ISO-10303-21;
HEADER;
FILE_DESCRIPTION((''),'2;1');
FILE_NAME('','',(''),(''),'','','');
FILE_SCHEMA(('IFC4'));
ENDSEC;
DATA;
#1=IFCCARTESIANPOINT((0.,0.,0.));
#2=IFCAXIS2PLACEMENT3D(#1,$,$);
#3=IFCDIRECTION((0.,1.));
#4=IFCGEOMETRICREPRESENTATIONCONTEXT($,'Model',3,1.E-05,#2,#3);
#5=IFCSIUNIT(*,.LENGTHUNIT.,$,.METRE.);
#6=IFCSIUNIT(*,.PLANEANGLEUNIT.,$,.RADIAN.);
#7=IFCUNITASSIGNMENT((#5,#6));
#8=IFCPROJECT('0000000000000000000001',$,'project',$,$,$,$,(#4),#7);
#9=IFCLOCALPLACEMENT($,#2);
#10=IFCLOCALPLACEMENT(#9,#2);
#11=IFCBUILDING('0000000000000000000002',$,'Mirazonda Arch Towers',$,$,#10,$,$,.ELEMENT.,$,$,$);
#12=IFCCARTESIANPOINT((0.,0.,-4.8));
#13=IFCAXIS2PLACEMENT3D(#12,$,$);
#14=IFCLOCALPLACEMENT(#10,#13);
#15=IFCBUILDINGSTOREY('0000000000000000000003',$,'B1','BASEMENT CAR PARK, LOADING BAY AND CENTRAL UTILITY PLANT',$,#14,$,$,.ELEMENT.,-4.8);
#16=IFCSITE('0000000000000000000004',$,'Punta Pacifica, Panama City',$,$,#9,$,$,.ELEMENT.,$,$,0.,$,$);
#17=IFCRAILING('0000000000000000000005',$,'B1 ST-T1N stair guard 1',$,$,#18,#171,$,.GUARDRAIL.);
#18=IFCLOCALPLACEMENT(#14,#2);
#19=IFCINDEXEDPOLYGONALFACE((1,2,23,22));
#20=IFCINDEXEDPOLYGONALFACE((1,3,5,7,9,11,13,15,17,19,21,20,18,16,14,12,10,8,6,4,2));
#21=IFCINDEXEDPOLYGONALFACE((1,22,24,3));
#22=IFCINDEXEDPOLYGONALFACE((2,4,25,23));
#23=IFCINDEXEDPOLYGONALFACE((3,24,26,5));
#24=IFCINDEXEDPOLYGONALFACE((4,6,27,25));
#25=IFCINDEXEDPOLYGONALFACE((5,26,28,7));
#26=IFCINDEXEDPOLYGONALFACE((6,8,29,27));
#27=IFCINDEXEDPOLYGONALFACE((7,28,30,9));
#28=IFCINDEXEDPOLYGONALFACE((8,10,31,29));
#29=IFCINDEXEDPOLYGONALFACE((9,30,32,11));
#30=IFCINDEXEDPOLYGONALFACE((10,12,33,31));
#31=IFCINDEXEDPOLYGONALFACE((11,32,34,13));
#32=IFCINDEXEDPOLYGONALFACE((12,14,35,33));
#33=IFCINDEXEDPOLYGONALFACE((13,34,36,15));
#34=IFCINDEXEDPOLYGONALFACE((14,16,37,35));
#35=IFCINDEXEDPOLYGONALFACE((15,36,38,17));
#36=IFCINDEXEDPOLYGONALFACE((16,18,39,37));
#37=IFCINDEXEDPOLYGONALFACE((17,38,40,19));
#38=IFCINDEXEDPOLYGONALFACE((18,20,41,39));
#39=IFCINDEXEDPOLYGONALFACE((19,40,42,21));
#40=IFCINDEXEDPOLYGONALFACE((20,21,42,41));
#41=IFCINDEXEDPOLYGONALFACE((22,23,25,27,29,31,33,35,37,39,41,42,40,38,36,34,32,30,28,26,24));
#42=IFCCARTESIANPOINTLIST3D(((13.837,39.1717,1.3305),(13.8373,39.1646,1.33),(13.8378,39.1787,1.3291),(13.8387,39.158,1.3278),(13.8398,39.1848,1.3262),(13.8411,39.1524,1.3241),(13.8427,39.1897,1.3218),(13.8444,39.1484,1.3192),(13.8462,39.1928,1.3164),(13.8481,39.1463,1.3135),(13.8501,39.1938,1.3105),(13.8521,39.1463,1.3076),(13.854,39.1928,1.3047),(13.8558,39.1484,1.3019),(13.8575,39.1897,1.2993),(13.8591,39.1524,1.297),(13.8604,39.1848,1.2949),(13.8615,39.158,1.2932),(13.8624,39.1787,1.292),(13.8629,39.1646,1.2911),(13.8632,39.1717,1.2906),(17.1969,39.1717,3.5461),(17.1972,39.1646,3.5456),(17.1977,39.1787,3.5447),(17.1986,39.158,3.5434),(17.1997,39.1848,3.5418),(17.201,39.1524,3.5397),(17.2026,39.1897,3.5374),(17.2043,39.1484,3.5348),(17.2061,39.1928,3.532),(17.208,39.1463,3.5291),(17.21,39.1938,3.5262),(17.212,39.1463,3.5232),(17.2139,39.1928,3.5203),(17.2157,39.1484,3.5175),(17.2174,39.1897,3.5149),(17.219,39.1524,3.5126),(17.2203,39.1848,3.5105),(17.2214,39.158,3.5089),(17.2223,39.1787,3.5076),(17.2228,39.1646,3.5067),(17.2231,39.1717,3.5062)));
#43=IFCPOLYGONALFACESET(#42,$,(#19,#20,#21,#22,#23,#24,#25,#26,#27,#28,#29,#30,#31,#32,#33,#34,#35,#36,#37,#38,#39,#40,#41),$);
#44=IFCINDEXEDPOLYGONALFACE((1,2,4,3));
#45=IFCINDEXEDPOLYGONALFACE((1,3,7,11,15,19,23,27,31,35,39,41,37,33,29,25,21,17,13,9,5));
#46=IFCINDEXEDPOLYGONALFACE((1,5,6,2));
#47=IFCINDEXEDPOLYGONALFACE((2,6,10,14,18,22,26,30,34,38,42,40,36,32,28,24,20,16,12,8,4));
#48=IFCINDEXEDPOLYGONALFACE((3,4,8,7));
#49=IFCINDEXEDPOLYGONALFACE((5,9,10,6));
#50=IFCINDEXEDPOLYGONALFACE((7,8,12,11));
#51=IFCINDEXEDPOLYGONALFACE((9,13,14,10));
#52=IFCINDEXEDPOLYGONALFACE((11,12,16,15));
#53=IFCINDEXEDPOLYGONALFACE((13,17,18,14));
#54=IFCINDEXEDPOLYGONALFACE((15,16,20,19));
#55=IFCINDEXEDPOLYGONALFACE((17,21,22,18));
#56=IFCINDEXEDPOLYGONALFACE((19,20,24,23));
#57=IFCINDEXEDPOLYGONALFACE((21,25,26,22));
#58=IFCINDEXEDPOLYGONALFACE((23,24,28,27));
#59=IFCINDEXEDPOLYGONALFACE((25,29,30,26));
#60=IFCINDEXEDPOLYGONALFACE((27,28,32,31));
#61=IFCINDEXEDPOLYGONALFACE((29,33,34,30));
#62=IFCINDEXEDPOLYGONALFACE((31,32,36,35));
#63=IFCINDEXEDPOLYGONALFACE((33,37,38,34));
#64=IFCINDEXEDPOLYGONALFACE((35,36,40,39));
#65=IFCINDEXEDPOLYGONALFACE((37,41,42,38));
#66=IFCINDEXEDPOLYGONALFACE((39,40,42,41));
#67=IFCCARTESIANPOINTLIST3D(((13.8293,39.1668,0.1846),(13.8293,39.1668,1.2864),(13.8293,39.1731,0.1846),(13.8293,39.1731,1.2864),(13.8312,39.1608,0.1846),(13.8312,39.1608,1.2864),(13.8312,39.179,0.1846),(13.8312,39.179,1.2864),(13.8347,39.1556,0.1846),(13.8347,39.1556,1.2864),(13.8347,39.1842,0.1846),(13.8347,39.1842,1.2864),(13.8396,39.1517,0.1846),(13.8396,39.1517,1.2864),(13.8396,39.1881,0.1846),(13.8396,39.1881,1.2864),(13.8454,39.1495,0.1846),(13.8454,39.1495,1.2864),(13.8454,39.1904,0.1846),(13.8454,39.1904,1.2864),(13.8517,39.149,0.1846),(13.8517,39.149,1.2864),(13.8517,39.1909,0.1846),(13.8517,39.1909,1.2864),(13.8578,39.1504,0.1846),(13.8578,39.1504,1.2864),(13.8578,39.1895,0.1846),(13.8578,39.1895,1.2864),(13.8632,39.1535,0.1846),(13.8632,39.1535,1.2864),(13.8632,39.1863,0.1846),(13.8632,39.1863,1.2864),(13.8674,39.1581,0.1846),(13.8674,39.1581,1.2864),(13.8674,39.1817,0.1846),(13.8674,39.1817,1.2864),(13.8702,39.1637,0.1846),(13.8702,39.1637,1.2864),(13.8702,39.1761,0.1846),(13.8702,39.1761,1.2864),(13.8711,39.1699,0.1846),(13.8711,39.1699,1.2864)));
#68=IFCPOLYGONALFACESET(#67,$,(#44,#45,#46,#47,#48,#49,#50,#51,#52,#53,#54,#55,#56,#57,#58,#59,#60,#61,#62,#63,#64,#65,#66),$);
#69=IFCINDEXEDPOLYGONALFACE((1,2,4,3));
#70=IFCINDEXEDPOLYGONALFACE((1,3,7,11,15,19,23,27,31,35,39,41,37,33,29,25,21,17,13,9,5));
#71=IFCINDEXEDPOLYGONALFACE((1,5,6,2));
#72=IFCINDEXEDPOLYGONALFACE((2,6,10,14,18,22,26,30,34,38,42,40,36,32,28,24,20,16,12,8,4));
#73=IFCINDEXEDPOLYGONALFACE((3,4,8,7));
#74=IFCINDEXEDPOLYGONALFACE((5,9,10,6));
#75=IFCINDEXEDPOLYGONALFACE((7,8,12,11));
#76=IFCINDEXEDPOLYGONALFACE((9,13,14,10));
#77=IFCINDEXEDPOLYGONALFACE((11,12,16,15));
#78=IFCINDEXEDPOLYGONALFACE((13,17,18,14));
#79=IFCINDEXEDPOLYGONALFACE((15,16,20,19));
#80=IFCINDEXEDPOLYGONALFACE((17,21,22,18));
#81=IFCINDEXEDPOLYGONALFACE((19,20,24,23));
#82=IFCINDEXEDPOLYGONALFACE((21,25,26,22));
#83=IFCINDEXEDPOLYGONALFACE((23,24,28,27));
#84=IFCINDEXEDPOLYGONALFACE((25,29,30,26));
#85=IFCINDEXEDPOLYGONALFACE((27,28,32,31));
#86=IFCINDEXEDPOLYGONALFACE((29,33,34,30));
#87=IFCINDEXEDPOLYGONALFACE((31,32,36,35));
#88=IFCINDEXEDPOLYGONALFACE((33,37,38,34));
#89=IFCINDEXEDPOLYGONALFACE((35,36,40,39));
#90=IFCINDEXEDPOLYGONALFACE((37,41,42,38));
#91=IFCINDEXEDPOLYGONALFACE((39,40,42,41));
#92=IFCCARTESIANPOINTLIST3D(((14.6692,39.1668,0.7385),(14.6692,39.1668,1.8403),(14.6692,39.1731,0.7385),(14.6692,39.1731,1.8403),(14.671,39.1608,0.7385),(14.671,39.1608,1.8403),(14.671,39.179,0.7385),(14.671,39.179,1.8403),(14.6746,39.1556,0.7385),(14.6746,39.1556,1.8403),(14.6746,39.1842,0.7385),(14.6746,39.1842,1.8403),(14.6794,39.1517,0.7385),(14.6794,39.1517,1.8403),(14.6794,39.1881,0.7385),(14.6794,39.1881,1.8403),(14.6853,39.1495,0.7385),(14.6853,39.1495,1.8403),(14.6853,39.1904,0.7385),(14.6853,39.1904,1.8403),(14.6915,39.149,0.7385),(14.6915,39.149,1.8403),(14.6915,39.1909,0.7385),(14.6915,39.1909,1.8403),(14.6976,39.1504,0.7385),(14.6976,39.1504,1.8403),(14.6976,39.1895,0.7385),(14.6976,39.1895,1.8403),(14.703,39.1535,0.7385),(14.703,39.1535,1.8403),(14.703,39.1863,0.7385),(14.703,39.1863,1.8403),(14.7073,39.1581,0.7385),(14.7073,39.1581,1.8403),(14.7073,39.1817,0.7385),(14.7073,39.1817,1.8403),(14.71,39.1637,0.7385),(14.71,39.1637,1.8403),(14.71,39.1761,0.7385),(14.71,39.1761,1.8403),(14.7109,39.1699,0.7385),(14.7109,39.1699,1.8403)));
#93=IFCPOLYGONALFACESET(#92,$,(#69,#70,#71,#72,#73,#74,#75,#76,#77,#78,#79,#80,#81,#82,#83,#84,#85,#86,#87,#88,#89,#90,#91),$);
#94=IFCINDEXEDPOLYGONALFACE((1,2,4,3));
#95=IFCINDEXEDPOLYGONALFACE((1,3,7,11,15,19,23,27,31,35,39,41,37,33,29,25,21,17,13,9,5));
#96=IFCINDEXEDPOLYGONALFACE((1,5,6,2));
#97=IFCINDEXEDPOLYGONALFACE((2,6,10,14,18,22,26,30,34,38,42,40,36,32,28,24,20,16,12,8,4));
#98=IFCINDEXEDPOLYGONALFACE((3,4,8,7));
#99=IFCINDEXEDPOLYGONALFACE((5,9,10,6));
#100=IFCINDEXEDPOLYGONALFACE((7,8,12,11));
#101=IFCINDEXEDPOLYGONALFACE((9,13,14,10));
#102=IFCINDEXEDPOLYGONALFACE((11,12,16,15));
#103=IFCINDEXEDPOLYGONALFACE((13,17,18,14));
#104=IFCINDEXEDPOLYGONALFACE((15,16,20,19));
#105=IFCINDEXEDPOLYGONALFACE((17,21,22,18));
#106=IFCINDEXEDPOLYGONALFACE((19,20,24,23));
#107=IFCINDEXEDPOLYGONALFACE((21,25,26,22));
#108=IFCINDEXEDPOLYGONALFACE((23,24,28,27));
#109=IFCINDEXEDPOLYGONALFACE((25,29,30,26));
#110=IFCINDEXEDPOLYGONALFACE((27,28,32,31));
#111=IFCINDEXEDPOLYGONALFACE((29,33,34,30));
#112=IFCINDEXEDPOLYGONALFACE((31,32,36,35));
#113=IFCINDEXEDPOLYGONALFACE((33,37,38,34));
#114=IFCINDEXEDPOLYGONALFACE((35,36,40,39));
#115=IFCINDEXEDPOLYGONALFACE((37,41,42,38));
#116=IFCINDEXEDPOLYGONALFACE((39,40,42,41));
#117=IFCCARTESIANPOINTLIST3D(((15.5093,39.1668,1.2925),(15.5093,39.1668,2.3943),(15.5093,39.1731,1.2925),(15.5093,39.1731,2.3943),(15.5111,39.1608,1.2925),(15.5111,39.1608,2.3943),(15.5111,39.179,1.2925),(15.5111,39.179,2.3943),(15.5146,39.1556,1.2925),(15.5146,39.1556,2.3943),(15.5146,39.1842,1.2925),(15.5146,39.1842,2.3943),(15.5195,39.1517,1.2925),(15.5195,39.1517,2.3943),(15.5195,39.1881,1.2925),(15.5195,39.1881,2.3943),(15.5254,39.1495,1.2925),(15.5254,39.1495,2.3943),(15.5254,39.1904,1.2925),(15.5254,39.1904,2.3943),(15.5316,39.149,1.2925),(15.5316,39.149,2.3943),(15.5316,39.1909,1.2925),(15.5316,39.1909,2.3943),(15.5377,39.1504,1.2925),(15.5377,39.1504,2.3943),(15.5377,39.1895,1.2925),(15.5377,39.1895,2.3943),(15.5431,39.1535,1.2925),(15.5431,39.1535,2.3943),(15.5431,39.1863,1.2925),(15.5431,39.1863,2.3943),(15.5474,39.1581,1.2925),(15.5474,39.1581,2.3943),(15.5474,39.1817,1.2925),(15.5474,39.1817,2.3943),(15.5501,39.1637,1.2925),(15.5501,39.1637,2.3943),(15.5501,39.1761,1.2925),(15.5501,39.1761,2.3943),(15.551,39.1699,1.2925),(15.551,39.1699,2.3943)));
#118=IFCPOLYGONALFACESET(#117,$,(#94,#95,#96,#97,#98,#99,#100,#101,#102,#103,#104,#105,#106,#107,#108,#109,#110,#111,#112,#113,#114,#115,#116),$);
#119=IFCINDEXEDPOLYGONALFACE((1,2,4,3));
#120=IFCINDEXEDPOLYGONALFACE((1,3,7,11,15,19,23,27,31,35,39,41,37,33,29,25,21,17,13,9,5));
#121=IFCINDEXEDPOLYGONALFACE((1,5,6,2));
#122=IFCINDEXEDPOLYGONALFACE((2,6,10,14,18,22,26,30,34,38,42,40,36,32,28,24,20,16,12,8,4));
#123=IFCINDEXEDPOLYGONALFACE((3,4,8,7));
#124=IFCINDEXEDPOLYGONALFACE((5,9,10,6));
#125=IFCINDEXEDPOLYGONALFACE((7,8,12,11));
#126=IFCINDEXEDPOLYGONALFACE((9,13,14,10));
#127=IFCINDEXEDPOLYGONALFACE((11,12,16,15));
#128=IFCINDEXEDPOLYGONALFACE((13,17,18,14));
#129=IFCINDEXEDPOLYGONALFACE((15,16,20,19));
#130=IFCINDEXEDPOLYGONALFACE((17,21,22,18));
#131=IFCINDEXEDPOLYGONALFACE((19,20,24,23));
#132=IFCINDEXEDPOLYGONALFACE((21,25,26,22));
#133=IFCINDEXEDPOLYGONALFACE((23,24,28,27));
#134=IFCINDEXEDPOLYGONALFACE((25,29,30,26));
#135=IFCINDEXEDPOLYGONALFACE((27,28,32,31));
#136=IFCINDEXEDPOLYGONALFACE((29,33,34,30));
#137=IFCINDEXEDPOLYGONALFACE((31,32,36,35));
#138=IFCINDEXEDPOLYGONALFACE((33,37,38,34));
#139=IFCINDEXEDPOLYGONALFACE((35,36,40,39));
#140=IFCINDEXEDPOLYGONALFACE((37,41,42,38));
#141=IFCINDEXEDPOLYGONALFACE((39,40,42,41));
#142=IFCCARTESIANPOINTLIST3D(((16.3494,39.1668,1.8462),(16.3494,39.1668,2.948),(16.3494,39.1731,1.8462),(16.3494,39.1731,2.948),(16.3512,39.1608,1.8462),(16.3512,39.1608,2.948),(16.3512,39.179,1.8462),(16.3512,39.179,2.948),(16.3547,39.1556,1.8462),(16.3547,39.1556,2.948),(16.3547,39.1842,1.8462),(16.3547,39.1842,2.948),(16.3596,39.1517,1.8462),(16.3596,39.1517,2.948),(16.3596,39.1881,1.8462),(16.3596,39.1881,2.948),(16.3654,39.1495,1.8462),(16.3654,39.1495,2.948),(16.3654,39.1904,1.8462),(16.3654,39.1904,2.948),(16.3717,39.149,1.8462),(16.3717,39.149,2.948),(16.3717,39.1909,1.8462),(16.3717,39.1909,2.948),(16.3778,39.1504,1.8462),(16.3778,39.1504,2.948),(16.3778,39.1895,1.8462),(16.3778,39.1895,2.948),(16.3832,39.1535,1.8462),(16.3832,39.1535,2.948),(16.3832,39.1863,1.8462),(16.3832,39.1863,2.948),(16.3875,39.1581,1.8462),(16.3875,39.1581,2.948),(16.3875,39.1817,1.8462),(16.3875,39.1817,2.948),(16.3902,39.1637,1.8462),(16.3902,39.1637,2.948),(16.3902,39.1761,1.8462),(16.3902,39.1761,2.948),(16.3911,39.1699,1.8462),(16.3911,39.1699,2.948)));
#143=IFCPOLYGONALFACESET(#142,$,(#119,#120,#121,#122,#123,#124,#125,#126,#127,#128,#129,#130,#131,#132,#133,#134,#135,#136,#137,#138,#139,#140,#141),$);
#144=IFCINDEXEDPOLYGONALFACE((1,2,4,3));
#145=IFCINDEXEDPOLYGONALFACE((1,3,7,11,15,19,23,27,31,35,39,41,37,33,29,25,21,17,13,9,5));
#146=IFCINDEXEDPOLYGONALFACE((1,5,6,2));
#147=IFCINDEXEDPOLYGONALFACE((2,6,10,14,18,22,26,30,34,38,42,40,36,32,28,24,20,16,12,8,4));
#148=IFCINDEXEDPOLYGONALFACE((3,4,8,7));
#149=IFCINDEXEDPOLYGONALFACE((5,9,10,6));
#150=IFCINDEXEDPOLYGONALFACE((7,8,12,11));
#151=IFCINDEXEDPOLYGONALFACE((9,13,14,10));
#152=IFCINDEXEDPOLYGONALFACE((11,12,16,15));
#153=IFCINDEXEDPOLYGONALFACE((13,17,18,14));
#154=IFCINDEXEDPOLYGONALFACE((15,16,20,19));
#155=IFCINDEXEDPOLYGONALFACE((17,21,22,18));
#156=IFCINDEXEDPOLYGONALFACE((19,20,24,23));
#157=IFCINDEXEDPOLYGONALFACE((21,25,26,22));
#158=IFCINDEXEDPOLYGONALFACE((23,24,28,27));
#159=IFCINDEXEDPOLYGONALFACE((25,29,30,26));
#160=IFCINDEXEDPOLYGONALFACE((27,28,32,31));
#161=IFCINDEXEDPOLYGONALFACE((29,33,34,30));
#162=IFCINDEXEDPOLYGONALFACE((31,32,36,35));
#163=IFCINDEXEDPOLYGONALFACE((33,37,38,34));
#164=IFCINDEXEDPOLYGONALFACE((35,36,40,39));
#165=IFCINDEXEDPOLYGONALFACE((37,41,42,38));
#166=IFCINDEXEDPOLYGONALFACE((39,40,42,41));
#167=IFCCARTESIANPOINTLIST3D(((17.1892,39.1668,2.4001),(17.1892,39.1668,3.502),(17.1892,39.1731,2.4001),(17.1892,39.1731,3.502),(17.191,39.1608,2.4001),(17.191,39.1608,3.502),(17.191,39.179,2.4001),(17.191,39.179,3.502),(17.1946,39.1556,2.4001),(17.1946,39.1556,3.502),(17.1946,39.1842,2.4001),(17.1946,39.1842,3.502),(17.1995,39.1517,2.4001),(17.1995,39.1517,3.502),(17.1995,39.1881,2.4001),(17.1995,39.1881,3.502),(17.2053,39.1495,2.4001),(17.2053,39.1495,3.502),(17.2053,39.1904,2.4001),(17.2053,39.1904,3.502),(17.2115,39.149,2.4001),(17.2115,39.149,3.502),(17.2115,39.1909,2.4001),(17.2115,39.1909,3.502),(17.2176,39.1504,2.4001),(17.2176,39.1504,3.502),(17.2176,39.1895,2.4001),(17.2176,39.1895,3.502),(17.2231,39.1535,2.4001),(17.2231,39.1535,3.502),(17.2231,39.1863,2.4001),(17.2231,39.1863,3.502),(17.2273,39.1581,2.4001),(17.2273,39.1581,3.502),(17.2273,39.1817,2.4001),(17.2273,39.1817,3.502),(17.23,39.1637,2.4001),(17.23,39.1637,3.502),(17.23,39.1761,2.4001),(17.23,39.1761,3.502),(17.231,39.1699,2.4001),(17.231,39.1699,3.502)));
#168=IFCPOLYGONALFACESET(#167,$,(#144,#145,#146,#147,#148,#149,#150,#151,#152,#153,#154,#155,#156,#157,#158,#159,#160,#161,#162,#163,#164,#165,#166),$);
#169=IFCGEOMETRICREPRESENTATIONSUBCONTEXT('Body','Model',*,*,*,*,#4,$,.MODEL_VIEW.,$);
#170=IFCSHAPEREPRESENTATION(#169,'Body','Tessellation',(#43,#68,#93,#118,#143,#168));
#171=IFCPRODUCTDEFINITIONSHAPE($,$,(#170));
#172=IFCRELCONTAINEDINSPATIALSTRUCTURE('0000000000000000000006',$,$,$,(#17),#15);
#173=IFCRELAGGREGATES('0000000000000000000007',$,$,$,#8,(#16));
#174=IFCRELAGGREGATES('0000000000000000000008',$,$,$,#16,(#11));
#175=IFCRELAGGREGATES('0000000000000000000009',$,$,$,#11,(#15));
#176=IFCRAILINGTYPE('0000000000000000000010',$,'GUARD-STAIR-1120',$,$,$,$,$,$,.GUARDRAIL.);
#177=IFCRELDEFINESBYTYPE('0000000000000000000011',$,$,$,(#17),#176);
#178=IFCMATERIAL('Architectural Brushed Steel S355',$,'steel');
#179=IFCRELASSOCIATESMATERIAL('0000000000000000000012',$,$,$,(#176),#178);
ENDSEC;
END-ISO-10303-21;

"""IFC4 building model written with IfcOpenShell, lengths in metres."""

from ifc_helpers import new_model, si_unit, direction, frame, origin, origin_2d, place, context, subcontext, project, spatial, circle, extrude, material, type_object, element, save


model = new_model("IFC4")

# Units and contexts
model_context = context("Model", 3, precision=1e-05, world=origin(), true_north=direction((0.0, 1.0)))
body_context = subcontext(model_context, "Body", "Model", "MODEL_VIEW")
ifc_project = project(units=[si_unit("LENGTHUNIT", "METRE"), si_unit("PLANEANGLEUNIT", "RADIAN")], contexts=[model_context])

# Site, building, storey
site_placement = place(None, origin())
site = spatial("IfcSite", under=ifc_project, at=site_placement, Name="Punta Pacifica, Panama City", CompositionType="ELEMENT", RefElevation=0.0)
building_placement = place(site_placement, origin())
building = spatial("IfcBuilding", under=site, at=building_placement, Name="Mirazonda Arch Towers", CompositionType="ELEMENT")
storey_placement = place(building_placement, frame((0.0, 0.0, -4.8)))
storey = spatial("IfcBuildingStorey", under=building, at=storey_placement, Name="B1", Description="BASEMENT CAR PARK, LOADING BAY AND CENTRAL UTILITY PLANT", CompositionType="ELEMENT", Elevation=-4.8)

# Railing
ifc_material_1 = material(Name="Architectural Brushed Steel S355", Category="steel")
railing_type_1 = type_object("IfcRailingType", Name="GUARD-STAIR-1120", PredefinedType="GUARDRAIL", material=ifc_material_1)
railing_1_placement = place(storey_placement, frame((13.8501, 39.1699, 0.1846)))
element("IfcRailing", 1, at=railing_1_placement, inside=storey, type_object=railing_type_1, Name="B1 ST-T1N stair guard 1", PredefinedType="GUARDRAIL", context=body_context, shape_type="SweptSolid", body=[
    extrude(circle(Radius=0.0239, at=origin_2d()), frame((0.0, 0.0, 1.126), z_axis=(0.83483, 0.0, 0.550508), x_axis=(0.0, 1.0, 0.0)), (0.0, 0.0, 1.0), 4.0247),
    extrude(circle(Radius=0.021, at=origin_2d()), origin(), (0.0, 0.0, 1.0), 1.1018),
    extrude(circle(Radius=0.021, at=origin_2d()), frame((0.8398, 0.0, 0.554)), (0.0, 0.0, 1.0), 1.1018),
    extrude(circle(Radius=0.021, at=origin_2d()), frame((1.6799, 0.0, 1.1079)), (0.0, 0.0, 1.0), 1.1018),
    extrude(circle(Radius=0.021, at=origin_2d()), frame((2.52, 0.0, 1.6616)), (0.0, 0.0, 1.0), 1.1018),
    extrude(circle(Radius=0.021, at=origin_2d()), frame((3.3599, 0.0, 2.2156)), (0.0, 0.0, 1.0), 1.1018),
])

save(model, "model.ifc")
